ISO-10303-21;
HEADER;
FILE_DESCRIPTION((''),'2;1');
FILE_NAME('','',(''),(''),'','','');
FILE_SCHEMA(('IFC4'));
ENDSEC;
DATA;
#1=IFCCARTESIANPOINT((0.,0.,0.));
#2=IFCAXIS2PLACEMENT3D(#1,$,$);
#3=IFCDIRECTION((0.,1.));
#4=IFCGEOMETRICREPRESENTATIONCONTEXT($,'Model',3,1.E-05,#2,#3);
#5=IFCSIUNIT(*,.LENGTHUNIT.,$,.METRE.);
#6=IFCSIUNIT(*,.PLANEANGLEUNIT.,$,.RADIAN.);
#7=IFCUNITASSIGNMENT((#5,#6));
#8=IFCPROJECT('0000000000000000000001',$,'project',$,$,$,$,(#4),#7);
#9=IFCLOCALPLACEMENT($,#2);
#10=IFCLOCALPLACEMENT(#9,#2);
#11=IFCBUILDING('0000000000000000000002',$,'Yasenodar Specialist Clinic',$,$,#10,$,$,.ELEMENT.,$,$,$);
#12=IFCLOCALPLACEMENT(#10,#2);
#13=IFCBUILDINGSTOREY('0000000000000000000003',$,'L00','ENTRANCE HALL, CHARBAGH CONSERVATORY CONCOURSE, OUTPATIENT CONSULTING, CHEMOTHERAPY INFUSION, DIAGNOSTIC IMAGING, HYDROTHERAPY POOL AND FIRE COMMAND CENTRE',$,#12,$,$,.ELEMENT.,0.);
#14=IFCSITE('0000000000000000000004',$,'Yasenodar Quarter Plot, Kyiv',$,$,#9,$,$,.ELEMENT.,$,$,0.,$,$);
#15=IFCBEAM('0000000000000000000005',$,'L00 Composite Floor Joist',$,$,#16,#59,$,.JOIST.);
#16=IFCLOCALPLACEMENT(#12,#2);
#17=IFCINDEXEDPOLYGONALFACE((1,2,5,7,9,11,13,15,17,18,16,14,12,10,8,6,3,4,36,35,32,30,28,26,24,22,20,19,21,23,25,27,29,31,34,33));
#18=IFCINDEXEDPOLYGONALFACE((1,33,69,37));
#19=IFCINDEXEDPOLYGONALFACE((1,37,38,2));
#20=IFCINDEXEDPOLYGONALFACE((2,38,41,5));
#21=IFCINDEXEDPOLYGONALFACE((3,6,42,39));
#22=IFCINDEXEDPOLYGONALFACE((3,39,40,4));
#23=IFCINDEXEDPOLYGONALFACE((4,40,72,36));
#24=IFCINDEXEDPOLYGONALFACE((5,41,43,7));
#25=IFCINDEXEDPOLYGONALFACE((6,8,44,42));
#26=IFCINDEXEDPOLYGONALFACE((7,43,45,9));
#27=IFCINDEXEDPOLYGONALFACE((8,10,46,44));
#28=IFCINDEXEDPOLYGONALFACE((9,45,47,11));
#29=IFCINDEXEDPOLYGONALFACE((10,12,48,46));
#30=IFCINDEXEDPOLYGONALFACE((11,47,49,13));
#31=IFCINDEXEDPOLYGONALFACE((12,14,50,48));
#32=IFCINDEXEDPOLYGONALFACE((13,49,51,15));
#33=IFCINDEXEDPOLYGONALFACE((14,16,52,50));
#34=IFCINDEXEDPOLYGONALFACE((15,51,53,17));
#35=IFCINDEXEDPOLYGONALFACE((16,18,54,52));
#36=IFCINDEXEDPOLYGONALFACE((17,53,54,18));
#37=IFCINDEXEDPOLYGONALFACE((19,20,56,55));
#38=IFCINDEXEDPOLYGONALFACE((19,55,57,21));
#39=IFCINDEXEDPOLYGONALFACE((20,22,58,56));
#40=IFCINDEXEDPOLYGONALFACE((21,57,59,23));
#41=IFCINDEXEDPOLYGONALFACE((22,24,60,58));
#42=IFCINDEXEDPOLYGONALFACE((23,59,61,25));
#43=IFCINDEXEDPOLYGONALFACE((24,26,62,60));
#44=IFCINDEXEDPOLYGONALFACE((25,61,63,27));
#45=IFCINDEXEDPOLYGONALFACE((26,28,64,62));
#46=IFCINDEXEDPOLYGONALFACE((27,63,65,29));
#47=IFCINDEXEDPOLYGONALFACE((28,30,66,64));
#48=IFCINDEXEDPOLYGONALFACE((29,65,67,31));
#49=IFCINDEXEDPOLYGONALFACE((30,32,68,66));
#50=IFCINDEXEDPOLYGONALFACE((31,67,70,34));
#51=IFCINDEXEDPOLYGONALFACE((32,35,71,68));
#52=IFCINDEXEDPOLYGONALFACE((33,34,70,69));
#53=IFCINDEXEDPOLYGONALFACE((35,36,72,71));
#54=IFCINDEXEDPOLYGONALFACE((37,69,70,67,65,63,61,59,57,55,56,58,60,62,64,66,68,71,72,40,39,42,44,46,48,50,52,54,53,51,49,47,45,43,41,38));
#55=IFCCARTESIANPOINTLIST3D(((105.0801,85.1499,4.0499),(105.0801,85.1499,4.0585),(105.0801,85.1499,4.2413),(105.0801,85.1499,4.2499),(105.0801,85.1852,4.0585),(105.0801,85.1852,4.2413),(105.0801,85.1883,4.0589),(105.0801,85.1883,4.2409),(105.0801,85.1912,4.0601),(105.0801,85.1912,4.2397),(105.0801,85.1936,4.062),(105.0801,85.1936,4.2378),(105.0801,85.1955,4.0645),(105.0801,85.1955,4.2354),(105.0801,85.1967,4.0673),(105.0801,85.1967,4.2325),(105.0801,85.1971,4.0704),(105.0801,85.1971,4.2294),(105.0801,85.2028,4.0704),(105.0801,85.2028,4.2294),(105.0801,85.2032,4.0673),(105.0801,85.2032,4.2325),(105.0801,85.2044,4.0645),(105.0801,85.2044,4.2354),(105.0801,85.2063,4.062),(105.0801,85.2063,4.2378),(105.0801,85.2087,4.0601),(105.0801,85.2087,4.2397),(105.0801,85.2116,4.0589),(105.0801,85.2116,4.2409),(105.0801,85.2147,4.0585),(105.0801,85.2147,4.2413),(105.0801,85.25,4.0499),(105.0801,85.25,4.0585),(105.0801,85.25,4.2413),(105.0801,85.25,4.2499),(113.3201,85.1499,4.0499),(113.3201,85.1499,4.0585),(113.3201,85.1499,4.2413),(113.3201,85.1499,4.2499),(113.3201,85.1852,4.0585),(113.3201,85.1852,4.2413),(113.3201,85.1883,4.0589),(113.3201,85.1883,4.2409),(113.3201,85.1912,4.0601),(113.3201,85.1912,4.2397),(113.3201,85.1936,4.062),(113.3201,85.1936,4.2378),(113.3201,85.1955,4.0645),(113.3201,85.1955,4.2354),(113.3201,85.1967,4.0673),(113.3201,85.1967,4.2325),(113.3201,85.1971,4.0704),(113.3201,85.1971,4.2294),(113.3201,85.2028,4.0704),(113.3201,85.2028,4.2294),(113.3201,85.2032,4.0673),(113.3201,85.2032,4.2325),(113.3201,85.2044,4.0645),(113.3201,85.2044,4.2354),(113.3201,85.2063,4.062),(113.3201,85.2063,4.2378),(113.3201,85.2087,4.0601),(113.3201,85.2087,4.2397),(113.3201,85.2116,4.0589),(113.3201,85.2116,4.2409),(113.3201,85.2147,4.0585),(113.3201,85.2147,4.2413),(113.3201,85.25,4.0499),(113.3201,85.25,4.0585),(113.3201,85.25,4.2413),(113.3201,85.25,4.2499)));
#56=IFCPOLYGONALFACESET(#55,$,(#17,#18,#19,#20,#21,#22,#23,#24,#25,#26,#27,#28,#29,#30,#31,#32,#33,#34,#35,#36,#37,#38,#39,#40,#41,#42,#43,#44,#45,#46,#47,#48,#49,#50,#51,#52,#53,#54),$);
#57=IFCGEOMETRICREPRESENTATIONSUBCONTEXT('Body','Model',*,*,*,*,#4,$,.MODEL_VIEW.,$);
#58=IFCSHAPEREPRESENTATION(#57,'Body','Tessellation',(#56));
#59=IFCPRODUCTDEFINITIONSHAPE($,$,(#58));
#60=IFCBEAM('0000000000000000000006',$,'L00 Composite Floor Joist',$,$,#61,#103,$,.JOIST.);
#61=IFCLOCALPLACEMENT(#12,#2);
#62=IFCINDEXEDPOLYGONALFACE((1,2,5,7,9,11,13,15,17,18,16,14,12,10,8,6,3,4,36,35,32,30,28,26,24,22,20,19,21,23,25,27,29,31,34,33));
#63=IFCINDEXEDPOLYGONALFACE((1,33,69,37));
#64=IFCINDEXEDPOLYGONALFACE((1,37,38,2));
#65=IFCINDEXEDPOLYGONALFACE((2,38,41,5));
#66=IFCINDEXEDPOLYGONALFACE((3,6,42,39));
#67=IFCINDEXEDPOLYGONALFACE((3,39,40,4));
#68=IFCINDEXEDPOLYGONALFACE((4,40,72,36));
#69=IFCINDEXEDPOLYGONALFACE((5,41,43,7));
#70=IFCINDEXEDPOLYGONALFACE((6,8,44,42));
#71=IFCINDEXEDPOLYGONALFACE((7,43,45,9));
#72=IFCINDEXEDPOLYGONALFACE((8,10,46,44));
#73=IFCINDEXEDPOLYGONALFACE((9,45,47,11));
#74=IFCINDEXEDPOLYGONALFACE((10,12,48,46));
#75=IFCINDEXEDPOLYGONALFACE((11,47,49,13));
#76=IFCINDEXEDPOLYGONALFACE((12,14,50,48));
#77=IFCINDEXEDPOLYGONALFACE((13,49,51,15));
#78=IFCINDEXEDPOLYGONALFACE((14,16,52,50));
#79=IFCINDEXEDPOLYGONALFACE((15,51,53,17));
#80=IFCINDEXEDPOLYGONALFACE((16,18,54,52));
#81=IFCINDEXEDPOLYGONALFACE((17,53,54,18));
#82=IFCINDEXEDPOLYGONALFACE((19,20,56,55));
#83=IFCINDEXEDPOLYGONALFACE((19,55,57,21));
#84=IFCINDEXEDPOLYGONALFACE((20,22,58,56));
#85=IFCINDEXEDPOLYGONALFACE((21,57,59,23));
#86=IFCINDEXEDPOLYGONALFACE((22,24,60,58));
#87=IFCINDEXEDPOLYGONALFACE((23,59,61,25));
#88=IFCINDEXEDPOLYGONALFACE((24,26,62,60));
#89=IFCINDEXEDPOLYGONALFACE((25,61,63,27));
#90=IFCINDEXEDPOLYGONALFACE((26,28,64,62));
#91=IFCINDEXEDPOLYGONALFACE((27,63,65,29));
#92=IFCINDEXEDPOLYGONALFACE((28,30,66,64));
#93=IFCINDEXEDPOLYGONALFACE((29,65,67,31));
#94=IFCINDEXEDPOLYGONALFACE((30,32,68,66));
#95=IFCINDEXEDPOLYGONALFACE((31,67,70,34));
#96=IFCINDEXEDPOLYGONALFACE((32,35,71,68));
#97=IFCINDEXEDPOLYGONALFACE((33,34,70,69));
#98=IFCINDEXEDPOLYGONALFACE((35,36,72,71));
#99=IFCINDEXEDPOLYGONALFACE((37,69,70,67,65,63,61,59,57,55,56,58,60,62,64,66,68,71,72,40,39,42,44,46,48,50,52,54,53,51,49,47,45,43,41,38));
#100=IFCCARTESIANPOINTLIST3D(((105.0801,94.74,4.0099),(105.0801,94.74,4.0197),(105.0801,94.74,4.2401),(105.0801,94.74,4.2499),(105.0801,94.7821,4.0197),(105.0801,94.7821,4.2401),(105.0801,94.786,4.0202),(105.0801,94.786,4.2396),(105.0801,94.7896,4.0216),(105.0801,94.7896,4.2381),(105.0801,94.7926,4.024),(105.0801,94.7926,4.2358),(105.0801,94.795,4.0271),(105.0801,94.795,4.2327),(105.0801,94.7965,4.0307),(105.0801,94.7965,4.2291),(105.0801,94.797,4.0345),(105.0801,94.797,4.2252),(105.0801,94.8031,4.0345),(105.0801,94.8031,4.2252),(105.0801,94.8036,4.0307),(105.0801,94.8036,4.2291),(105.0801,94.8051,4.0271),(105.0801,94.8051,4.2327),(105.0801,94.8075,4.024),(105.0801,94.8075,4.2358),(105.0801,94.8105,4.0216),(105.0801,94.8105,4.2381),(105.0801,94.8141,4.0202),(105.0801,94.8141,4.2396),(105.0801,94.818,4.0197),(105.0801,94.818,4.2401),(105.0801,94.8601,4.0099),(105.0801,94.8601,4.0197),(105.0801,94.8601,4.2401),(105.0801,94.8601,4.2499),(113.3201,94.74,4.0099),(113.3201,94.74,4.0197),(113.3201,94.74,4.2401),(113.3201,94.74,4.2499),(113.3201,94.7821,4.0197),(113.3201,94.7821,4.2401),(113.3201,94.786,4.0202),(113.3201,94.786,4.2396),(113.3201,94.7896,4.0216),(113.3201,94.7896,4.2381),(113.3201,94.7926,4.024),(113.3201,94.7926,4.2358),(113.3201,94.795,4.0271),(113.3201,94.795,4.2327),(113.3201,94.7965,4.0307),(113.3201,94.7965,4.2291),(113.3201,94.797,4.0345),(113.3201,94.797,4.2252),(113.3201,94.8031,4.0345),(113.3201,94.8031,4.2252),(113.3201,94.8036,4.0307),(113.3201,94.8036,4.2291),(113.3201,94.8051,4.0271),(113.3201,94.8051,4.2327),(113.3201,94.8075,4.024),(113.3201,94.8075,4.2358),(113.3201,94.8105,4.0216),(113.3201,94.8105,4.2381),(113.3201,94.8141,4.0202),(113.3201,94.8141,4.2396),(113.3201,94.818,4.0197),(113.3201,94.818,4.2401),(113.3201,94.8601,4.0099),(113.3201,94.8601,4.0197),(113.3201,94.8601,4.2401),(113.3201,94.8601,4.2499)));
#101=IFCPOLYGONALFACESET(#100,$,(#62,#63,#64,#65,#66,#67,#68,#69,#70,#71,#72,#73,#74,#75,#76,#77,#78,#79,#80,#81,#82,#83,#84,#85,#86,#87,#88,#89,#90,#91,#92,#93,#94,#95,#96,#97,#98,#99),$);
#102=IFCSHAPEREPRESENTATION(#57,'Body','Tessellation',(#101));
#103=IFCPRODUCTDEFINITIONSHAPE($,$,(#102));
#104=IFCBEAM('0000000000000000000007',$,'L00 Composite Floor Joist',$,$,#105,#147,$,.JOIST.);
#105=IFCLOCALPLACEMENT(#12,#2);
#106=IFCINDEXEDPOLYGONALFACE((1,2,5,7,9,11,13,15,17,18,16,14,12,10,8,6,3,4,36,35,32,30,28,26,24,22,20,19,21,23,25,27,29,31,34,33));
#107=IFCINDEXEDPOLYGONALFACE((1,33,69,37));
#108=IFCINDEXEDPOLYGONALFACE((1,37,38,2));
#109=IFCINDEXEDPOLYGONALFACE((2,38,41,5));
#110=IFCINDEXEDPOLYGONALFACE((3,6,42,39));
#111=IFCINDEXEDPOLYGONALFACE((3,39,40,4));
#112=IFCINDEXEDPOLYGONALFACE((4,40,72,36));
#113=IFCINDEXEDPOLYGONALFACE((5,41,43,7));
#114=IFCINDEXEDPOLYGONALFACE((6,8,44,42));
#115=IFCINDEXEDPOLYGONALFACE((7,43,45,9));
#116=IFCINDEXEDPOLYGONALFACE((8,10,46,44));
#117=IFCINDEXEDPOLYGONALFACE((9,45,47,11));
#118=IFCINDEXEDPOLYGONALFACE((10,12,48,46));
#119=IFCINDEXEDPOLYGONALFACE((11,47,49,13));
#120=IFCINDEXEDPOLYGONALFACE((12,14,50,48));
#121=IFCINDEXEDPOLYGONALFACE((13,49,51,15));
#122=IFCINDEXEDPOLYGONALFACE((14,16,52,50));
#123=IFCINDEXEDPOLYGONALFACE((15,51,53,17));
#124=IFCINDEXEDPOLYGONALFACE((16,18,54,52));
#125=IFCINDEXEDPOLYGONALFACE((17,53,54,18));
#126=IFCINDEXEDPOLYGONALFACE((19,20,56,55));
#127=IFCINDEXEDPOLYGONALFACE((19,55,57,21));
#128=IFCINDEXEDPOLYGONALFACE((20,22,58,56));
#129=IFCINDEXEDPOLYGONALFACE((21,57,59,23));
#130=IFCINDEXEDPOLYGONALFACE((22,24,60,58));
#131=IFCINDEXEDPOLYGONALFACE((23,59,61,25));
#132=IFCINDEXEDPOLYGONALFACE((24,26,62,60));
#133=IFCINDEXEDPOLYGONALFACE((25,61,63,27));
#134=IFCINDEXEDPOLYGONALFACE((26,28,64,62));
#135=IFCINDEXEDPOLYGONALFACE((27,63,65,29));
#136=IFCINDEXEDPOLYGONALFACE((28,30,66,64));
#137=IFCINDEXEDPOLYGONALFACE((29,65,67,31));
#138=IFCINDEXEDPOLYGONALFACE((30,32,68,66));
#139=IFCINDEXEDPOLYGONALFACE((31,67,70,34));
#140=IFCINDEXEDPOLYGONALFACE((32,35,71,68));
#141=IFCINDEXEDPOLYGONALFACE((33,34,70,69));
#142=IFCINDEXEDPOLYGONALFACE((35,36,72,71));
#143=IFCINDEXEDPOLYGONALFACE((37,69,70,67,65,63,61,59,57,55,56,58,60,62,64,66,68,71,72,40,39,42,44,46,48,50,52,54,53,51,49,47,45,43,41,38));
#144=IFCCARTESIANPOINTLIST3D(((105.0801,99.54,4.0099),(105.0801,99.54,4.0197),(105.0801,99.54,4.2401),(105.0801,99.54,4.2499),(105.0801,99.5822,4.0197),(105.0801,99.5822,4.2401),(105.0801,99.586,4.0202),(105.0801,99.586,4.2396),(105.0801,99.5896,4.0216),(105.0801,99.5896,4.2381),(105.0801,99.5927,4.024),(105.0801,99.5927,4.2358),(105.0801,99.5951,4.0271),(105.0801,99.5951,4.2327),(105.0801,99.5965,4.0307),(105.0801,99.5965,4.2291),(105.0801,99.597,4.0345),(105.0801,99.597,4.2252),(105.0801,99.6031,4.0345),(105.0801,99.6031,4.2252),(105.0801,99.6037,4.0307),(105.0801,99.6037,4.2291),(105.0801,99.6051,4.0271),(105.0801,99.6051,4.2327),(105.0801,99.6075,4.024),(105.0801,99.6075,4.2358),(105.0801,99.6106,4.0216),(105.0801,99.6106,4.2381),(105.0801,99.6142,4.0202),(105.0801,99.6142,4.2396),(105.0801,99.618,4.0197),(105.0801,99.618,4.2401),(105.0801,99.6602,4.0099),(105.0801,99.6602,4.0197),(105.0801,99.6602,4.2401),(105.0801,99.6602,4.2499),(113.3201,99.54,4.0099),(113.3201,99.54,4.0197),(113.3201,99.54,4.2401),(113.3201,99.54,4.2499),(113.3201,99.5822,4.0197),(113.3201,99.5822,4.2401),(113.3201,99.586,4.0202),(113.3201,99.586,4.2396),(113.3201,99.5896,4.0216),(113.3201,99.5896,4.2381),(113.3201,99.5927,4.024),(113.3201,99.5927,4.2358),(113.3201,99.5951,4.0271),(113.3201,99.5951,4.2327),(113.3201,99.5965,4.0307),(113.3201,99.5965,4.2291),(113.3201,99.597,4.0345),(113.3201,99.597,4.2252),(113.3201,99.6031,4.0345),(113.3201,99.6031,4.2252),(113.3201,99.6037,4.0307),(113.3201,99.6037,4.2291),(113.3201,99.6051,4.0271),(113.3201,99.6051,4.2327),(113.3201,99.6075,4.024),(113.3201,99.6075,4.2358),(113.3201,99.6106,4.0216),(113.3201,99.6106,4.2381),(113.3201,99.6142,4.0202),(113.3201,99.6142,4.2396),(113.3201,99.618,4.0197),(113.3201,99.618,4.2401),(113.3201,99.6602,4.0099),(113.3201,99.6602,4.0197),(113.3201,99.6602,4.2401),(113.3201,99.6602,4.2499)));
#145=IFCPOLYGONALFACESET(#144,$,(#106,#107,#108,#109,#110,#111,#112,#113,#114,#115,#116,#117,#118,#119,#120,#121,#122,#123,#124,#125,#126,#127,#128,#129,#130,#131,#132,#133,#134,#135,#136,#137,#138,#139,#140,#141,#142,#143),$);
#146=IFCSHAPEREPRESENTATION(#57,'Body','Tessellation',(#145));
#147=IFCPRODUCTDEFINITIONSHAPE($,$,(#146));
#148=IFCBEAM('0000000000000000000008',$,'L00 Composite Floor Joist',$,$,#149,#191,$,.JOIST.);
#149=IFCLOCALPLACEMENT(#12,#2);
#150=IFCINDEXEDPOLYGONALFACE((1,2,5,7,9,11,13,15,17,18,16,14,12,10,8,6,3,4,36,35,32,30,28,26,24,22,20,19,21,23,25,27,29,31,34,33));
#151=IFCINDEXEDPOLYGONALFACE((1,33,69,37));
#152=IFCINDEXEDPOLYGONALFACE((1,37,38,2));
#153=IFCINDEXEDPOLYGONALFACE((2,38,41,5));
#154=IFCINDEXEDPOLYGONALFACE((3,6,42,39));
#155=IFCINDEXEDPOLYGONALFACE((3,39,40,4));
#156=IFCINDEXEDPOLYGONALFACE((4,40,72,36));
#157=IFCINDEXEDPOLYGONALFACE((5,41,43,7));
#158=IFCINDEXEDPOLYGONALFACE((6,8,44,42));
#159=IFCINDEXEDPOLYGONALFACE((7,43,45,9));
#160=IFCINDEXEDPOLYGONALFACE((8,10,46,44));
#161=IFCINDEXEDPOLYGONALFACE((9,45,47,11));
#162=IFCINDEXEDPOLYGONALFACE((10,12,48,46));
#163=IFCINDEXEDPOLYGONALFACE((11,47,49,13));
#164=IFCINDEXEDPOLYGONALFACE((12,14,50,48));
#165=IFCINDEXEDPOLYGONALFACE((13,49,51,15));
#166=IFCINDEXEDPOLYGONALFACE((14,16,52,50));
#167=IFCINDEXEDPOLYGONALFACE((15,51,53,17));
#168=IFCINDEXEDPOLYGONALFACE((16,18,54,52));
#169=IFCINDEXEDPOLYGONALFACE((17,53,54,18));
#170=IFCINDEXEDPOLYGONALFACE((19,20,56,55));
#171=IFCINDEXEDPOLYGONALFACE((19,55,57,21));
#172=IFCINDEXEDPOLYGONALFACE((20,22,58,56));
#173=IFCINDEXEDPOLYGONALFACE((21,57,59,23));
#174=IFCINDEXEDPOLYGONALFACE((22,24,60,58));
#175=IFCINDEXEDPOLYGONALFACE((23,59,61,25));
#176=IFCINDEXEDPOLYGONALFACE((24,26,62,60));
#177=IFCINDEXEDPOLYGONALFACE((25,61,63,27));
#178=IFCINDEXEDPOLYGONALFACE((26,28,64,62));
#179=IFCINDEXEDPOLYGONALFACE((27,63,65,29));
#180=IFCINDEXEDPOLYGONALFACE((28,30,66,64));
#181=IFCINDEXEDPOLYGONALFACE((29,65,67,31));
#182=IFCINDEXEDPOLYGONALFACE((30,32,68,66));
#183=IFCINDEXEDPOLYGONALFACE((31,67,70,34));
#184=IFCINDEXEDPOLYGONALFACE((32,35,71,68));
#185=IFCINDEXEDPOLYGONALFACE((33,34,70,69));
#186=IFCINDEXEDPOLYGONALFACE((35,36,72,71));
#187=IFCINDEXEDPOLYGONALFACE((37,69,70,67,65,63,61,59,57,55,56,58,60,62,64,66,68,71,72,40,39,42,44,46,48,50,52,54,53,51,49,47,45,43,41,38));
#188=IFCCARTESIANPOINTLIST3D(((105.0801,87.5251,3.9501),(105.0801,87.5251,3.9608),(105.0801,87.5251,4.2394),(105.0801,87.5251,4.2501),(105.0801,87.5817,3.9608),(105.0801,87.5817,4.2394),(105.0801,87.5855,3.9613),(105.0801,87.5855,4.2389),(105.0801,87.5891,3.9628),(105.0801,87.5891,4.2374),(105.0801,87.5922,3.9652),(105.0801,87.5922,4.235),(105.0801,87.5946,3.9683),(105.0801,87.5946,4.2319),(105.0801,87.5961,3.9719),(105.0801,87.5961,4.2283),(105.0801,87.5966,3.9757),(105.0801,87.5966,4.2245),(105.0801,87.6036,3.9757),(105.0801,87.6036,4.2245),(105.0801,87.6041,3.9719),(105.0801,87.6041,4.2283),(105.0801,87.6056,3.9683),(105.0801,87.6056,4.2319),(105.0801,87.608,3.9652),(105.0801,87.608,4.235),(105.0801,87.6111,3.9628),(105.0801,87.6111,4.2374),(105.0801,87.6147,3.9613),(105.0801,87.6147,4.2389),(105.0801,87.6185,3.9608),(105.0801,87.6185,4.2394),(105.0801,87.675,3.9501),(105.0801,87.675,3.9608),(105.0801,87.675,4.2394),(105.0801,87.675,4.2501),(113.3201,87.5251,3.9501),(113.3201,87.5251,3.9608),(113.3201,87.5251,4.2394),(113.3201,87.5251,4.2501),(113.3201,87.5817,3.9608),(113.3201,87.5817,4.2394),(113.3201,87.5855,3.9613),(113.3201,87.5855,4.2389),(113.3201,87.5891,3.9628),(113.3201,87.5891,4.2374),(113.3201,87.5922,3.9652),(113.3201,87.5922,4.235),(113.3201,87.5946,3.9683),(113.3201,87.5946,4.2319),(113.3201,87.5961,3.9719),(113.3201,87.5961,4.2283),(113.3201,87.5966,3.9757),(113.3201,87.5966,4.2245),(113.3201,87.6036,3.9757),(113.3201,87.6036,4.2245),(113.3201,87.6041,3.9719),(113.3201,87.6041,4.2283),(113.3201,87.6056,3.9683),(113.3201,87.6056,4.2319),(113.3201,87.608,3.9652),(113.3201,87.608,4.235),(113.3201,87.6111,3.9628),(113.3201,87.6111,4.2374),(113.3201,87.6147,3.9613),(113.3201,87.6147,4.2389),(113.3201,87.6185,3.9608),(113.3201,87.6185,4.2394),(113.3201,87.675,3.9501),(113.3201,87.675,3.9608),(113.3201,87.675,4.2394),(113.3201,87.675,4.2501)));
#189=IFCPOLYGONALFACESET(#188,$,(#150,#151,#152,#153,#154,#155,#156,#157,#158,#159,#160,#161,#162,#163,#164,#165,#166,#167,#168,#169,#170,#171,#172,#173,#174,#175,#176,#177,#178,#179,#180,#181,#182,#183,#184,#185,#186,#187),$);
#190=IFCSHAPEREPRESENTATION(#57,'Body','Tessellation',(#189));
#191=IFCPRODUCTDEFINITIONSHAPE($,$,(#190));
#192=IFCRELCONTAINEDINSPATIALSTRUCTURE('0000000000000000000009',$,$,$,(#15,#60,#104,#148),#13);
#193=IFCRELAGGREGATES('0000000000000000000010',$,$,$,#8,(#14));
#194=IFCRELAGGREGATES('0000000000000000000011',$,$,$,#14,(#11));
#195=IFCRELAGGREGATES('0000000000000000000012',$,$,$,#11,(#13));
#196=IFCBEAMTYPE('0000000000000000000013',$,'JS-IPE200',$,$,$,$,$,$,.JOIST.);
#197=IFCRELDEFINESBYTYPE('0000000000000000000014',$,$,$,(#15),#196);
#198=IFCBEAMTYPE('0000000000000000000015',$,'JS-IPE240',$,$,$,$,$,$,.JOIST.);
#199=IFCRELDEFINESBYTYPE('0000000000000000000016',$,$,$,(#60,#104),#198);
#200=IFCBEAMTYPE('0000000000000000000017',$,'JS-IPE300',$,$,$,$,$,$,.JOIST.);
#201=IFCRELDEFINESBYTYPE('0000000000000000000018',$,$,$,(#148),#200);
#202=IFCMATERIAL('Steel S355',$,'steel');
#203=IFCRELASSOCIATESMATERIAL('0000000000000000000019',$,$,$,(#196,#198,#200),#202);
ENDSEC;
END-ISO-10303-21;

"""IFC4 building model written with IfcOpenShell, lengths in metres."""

from ifc_helpers import new_model, si_unit, direction, frame, origin, origin_2d, place, context, subcontext, project, spatial, i_section, extrude, material, material_profile, profile_set, type_object, element, save


model = new_model("IFC4")

# Units and contexts
model_context = context("Model", 3, precision=1e-05, world=origin(), true_north=direction((0.0, 1.0)))
body_context = subcontext(model_context, "Body", "Model", "MODEL_VIEW")
ifc_project = project(units=[si_unit("LENGTHUNIT", "METRE"), si_unit("PLANEANGLEUNIT", "RADIAN")], contexts=[model_context])

# Site, building, storey
site_placement = place(None, origin())
site = spatial("IfcSite", under=ifc_project, at=site_placement, Name="Yasenodar Quarter Plot, Kyiv", CompositionType="ELEMENT", RefElevation=0.0)
building_placement = place(site_placement, origin())
building = spatial("IfcBuilding", under=site, at=building_placement, Name="Yasenodar Specialist Clinic", CompositionType="ELEMENT")
storey_placement = place(building_placement, origin())
storey = spatial("IfcBuildingStorey", under=building, at=storey_placement, Name="L00", Description="ENTRANCE HALL, CHARBAGH CONSERVATORY CONCOURSE, OUTPATIENT CONSULTING, CHEMOTHERAPY INFUSION, DIAGNOSTIC IMAGING, HYDROTHERAPY POOL AND FIRE COMMAND CENTRE", CompositionType="ELEMENT", Elevation=0.0)

# Shared definitions
ifc_material_1 = material(Name="Steel S355", Category="steel")

# Beams
ifc_material_profile_1 = material_profile(ifc_material_1, i_section(OverallWidth=0.1001, OverallDepth=0.2, WebThickness=0.0056, FlangeThickness=0.0085, FilletRadius=0.012, at=origin_2d()), Name="IPE 200")
ifc_profile_set_1 = profile_set([ifc_material_profile_1], Name="Steel S355")
beam_type_1 = type_object("IfcBeamType", Name="JS-IPE200", PredefinedType="JOIST", material=ifc_profile_set_1)
beam_1_placement = place(storey_placement, frame((105.0801, 85.2, 4.1499), z_axis=(1.0, 0.0, 0.0), x_axis=(0.0, 1.0, 0.0)))
element("IfcBeam", 1, at=beam_1_placement, inside=storey, type_object=beam_type_1, Name="L00 Composite Floor Joist", PredefinedType="JOIST", context=body_context, shape_type="SweptSolid", body=[
    extrude(i_section(OverallWidth=0.1001, OverallDepth=0.2, WebThickness=0.0056, FlangeThickness=0.0085, FilletRadius=0.012, at=origin_2d()), origin(), (0.0, 0.0, 1.0), 8.24),
])
ifc_material_profile_2 = material_profile(ifc_material_1, i_section(OverallWidth=0.1201, OverallDepth=0.24, WebThickness=0.0061, FlangeThickness=0.0098, FilletRadius=0.0149, at=origin_2d()), Name="IPE 240")
ifc_profile_set_2 = profile_set([ifc_material_profile_2], Name="Steel S355")
beam_type_2 = type_object("IfcBeamType", Name="JS-IPE240", PredefinedType="JOIST", material=ifc_profile_set_2)
for number, where, z_axis, x_axis, name in (
    (2, (105.0801, 94.8, 4.1299), (1.0, 0.0, 0.0), (0.0, 1.0, 0.0), "L00 Composite Floor Joist"),
    (3, (105.0801, 99.6001, 4.1299), (1.0, 0.0, 0.0), (0.0, 1.0, 0.0), "L00 Composite Floor Joist"),
):
    element("IfcBeam", number, at=place(storey_placement, frame(where, z_axis=z_axis, x_axis=x_axis)), inside=storey, type_object=beam_type_2, Name=name, PredefinedType="JOIST", context=body_context, shape_type="SweptSolid", body=[
        extrude(i_section(OverallWidth=0.1201, OverallDepth=0.24, WebThickness=0.0061, FlangeThickness=0.0098, FilletRadius=0.0149, at=origin_2d()), origin(), (0.0, 0.0, 1.0), 8.24),
    ])
ifc_material_profile_3 = material_profile(ifc_material_1, i_section(OverallWidth=0.1499, OverallDepth=0.3, WebThickness=0.0071, FlangeThickness=0.0107, FilletRadius=0.0149, at=origin_2d()), Name="IPE 300")
ifc_profile_set_3 = profile_set([ifc_material_profile_3], Name="Steel S355")
beam_type_3 = type_object("IfcBeamType", Name="JS-IPE300", PredefinedType="JOIST", material=ifc_profile_set_3)
for number, where, z_axis, x_axis, name in (
    (4, (105.0801, 87.6001, 4.1001), (1.0, 0.0, 0.0), (0.0, 1.0, 0.0), "L00 Composite Floor Joist"),
):
    element("IfcBeam", number, at=place(storey_placement, frame(where, z_axis=z_axis, x_axis=x_axis)), inside=storey, type_object=beam_type_3, Name=name, PredefinedType="JOIST", context=body_context, shape_type="SweptSolid", body=[
        extrude(i_section(OverallWidth=0.1499, OverallDepth=0.3, WebThickness=0.0071, FlangeThickness=0.0107, FilletRadius=0.0149, at=origin_2d()), origin(), (0.0, 0.0, 1.0), 8.24),
    ])

save(model, "model.ifc")
